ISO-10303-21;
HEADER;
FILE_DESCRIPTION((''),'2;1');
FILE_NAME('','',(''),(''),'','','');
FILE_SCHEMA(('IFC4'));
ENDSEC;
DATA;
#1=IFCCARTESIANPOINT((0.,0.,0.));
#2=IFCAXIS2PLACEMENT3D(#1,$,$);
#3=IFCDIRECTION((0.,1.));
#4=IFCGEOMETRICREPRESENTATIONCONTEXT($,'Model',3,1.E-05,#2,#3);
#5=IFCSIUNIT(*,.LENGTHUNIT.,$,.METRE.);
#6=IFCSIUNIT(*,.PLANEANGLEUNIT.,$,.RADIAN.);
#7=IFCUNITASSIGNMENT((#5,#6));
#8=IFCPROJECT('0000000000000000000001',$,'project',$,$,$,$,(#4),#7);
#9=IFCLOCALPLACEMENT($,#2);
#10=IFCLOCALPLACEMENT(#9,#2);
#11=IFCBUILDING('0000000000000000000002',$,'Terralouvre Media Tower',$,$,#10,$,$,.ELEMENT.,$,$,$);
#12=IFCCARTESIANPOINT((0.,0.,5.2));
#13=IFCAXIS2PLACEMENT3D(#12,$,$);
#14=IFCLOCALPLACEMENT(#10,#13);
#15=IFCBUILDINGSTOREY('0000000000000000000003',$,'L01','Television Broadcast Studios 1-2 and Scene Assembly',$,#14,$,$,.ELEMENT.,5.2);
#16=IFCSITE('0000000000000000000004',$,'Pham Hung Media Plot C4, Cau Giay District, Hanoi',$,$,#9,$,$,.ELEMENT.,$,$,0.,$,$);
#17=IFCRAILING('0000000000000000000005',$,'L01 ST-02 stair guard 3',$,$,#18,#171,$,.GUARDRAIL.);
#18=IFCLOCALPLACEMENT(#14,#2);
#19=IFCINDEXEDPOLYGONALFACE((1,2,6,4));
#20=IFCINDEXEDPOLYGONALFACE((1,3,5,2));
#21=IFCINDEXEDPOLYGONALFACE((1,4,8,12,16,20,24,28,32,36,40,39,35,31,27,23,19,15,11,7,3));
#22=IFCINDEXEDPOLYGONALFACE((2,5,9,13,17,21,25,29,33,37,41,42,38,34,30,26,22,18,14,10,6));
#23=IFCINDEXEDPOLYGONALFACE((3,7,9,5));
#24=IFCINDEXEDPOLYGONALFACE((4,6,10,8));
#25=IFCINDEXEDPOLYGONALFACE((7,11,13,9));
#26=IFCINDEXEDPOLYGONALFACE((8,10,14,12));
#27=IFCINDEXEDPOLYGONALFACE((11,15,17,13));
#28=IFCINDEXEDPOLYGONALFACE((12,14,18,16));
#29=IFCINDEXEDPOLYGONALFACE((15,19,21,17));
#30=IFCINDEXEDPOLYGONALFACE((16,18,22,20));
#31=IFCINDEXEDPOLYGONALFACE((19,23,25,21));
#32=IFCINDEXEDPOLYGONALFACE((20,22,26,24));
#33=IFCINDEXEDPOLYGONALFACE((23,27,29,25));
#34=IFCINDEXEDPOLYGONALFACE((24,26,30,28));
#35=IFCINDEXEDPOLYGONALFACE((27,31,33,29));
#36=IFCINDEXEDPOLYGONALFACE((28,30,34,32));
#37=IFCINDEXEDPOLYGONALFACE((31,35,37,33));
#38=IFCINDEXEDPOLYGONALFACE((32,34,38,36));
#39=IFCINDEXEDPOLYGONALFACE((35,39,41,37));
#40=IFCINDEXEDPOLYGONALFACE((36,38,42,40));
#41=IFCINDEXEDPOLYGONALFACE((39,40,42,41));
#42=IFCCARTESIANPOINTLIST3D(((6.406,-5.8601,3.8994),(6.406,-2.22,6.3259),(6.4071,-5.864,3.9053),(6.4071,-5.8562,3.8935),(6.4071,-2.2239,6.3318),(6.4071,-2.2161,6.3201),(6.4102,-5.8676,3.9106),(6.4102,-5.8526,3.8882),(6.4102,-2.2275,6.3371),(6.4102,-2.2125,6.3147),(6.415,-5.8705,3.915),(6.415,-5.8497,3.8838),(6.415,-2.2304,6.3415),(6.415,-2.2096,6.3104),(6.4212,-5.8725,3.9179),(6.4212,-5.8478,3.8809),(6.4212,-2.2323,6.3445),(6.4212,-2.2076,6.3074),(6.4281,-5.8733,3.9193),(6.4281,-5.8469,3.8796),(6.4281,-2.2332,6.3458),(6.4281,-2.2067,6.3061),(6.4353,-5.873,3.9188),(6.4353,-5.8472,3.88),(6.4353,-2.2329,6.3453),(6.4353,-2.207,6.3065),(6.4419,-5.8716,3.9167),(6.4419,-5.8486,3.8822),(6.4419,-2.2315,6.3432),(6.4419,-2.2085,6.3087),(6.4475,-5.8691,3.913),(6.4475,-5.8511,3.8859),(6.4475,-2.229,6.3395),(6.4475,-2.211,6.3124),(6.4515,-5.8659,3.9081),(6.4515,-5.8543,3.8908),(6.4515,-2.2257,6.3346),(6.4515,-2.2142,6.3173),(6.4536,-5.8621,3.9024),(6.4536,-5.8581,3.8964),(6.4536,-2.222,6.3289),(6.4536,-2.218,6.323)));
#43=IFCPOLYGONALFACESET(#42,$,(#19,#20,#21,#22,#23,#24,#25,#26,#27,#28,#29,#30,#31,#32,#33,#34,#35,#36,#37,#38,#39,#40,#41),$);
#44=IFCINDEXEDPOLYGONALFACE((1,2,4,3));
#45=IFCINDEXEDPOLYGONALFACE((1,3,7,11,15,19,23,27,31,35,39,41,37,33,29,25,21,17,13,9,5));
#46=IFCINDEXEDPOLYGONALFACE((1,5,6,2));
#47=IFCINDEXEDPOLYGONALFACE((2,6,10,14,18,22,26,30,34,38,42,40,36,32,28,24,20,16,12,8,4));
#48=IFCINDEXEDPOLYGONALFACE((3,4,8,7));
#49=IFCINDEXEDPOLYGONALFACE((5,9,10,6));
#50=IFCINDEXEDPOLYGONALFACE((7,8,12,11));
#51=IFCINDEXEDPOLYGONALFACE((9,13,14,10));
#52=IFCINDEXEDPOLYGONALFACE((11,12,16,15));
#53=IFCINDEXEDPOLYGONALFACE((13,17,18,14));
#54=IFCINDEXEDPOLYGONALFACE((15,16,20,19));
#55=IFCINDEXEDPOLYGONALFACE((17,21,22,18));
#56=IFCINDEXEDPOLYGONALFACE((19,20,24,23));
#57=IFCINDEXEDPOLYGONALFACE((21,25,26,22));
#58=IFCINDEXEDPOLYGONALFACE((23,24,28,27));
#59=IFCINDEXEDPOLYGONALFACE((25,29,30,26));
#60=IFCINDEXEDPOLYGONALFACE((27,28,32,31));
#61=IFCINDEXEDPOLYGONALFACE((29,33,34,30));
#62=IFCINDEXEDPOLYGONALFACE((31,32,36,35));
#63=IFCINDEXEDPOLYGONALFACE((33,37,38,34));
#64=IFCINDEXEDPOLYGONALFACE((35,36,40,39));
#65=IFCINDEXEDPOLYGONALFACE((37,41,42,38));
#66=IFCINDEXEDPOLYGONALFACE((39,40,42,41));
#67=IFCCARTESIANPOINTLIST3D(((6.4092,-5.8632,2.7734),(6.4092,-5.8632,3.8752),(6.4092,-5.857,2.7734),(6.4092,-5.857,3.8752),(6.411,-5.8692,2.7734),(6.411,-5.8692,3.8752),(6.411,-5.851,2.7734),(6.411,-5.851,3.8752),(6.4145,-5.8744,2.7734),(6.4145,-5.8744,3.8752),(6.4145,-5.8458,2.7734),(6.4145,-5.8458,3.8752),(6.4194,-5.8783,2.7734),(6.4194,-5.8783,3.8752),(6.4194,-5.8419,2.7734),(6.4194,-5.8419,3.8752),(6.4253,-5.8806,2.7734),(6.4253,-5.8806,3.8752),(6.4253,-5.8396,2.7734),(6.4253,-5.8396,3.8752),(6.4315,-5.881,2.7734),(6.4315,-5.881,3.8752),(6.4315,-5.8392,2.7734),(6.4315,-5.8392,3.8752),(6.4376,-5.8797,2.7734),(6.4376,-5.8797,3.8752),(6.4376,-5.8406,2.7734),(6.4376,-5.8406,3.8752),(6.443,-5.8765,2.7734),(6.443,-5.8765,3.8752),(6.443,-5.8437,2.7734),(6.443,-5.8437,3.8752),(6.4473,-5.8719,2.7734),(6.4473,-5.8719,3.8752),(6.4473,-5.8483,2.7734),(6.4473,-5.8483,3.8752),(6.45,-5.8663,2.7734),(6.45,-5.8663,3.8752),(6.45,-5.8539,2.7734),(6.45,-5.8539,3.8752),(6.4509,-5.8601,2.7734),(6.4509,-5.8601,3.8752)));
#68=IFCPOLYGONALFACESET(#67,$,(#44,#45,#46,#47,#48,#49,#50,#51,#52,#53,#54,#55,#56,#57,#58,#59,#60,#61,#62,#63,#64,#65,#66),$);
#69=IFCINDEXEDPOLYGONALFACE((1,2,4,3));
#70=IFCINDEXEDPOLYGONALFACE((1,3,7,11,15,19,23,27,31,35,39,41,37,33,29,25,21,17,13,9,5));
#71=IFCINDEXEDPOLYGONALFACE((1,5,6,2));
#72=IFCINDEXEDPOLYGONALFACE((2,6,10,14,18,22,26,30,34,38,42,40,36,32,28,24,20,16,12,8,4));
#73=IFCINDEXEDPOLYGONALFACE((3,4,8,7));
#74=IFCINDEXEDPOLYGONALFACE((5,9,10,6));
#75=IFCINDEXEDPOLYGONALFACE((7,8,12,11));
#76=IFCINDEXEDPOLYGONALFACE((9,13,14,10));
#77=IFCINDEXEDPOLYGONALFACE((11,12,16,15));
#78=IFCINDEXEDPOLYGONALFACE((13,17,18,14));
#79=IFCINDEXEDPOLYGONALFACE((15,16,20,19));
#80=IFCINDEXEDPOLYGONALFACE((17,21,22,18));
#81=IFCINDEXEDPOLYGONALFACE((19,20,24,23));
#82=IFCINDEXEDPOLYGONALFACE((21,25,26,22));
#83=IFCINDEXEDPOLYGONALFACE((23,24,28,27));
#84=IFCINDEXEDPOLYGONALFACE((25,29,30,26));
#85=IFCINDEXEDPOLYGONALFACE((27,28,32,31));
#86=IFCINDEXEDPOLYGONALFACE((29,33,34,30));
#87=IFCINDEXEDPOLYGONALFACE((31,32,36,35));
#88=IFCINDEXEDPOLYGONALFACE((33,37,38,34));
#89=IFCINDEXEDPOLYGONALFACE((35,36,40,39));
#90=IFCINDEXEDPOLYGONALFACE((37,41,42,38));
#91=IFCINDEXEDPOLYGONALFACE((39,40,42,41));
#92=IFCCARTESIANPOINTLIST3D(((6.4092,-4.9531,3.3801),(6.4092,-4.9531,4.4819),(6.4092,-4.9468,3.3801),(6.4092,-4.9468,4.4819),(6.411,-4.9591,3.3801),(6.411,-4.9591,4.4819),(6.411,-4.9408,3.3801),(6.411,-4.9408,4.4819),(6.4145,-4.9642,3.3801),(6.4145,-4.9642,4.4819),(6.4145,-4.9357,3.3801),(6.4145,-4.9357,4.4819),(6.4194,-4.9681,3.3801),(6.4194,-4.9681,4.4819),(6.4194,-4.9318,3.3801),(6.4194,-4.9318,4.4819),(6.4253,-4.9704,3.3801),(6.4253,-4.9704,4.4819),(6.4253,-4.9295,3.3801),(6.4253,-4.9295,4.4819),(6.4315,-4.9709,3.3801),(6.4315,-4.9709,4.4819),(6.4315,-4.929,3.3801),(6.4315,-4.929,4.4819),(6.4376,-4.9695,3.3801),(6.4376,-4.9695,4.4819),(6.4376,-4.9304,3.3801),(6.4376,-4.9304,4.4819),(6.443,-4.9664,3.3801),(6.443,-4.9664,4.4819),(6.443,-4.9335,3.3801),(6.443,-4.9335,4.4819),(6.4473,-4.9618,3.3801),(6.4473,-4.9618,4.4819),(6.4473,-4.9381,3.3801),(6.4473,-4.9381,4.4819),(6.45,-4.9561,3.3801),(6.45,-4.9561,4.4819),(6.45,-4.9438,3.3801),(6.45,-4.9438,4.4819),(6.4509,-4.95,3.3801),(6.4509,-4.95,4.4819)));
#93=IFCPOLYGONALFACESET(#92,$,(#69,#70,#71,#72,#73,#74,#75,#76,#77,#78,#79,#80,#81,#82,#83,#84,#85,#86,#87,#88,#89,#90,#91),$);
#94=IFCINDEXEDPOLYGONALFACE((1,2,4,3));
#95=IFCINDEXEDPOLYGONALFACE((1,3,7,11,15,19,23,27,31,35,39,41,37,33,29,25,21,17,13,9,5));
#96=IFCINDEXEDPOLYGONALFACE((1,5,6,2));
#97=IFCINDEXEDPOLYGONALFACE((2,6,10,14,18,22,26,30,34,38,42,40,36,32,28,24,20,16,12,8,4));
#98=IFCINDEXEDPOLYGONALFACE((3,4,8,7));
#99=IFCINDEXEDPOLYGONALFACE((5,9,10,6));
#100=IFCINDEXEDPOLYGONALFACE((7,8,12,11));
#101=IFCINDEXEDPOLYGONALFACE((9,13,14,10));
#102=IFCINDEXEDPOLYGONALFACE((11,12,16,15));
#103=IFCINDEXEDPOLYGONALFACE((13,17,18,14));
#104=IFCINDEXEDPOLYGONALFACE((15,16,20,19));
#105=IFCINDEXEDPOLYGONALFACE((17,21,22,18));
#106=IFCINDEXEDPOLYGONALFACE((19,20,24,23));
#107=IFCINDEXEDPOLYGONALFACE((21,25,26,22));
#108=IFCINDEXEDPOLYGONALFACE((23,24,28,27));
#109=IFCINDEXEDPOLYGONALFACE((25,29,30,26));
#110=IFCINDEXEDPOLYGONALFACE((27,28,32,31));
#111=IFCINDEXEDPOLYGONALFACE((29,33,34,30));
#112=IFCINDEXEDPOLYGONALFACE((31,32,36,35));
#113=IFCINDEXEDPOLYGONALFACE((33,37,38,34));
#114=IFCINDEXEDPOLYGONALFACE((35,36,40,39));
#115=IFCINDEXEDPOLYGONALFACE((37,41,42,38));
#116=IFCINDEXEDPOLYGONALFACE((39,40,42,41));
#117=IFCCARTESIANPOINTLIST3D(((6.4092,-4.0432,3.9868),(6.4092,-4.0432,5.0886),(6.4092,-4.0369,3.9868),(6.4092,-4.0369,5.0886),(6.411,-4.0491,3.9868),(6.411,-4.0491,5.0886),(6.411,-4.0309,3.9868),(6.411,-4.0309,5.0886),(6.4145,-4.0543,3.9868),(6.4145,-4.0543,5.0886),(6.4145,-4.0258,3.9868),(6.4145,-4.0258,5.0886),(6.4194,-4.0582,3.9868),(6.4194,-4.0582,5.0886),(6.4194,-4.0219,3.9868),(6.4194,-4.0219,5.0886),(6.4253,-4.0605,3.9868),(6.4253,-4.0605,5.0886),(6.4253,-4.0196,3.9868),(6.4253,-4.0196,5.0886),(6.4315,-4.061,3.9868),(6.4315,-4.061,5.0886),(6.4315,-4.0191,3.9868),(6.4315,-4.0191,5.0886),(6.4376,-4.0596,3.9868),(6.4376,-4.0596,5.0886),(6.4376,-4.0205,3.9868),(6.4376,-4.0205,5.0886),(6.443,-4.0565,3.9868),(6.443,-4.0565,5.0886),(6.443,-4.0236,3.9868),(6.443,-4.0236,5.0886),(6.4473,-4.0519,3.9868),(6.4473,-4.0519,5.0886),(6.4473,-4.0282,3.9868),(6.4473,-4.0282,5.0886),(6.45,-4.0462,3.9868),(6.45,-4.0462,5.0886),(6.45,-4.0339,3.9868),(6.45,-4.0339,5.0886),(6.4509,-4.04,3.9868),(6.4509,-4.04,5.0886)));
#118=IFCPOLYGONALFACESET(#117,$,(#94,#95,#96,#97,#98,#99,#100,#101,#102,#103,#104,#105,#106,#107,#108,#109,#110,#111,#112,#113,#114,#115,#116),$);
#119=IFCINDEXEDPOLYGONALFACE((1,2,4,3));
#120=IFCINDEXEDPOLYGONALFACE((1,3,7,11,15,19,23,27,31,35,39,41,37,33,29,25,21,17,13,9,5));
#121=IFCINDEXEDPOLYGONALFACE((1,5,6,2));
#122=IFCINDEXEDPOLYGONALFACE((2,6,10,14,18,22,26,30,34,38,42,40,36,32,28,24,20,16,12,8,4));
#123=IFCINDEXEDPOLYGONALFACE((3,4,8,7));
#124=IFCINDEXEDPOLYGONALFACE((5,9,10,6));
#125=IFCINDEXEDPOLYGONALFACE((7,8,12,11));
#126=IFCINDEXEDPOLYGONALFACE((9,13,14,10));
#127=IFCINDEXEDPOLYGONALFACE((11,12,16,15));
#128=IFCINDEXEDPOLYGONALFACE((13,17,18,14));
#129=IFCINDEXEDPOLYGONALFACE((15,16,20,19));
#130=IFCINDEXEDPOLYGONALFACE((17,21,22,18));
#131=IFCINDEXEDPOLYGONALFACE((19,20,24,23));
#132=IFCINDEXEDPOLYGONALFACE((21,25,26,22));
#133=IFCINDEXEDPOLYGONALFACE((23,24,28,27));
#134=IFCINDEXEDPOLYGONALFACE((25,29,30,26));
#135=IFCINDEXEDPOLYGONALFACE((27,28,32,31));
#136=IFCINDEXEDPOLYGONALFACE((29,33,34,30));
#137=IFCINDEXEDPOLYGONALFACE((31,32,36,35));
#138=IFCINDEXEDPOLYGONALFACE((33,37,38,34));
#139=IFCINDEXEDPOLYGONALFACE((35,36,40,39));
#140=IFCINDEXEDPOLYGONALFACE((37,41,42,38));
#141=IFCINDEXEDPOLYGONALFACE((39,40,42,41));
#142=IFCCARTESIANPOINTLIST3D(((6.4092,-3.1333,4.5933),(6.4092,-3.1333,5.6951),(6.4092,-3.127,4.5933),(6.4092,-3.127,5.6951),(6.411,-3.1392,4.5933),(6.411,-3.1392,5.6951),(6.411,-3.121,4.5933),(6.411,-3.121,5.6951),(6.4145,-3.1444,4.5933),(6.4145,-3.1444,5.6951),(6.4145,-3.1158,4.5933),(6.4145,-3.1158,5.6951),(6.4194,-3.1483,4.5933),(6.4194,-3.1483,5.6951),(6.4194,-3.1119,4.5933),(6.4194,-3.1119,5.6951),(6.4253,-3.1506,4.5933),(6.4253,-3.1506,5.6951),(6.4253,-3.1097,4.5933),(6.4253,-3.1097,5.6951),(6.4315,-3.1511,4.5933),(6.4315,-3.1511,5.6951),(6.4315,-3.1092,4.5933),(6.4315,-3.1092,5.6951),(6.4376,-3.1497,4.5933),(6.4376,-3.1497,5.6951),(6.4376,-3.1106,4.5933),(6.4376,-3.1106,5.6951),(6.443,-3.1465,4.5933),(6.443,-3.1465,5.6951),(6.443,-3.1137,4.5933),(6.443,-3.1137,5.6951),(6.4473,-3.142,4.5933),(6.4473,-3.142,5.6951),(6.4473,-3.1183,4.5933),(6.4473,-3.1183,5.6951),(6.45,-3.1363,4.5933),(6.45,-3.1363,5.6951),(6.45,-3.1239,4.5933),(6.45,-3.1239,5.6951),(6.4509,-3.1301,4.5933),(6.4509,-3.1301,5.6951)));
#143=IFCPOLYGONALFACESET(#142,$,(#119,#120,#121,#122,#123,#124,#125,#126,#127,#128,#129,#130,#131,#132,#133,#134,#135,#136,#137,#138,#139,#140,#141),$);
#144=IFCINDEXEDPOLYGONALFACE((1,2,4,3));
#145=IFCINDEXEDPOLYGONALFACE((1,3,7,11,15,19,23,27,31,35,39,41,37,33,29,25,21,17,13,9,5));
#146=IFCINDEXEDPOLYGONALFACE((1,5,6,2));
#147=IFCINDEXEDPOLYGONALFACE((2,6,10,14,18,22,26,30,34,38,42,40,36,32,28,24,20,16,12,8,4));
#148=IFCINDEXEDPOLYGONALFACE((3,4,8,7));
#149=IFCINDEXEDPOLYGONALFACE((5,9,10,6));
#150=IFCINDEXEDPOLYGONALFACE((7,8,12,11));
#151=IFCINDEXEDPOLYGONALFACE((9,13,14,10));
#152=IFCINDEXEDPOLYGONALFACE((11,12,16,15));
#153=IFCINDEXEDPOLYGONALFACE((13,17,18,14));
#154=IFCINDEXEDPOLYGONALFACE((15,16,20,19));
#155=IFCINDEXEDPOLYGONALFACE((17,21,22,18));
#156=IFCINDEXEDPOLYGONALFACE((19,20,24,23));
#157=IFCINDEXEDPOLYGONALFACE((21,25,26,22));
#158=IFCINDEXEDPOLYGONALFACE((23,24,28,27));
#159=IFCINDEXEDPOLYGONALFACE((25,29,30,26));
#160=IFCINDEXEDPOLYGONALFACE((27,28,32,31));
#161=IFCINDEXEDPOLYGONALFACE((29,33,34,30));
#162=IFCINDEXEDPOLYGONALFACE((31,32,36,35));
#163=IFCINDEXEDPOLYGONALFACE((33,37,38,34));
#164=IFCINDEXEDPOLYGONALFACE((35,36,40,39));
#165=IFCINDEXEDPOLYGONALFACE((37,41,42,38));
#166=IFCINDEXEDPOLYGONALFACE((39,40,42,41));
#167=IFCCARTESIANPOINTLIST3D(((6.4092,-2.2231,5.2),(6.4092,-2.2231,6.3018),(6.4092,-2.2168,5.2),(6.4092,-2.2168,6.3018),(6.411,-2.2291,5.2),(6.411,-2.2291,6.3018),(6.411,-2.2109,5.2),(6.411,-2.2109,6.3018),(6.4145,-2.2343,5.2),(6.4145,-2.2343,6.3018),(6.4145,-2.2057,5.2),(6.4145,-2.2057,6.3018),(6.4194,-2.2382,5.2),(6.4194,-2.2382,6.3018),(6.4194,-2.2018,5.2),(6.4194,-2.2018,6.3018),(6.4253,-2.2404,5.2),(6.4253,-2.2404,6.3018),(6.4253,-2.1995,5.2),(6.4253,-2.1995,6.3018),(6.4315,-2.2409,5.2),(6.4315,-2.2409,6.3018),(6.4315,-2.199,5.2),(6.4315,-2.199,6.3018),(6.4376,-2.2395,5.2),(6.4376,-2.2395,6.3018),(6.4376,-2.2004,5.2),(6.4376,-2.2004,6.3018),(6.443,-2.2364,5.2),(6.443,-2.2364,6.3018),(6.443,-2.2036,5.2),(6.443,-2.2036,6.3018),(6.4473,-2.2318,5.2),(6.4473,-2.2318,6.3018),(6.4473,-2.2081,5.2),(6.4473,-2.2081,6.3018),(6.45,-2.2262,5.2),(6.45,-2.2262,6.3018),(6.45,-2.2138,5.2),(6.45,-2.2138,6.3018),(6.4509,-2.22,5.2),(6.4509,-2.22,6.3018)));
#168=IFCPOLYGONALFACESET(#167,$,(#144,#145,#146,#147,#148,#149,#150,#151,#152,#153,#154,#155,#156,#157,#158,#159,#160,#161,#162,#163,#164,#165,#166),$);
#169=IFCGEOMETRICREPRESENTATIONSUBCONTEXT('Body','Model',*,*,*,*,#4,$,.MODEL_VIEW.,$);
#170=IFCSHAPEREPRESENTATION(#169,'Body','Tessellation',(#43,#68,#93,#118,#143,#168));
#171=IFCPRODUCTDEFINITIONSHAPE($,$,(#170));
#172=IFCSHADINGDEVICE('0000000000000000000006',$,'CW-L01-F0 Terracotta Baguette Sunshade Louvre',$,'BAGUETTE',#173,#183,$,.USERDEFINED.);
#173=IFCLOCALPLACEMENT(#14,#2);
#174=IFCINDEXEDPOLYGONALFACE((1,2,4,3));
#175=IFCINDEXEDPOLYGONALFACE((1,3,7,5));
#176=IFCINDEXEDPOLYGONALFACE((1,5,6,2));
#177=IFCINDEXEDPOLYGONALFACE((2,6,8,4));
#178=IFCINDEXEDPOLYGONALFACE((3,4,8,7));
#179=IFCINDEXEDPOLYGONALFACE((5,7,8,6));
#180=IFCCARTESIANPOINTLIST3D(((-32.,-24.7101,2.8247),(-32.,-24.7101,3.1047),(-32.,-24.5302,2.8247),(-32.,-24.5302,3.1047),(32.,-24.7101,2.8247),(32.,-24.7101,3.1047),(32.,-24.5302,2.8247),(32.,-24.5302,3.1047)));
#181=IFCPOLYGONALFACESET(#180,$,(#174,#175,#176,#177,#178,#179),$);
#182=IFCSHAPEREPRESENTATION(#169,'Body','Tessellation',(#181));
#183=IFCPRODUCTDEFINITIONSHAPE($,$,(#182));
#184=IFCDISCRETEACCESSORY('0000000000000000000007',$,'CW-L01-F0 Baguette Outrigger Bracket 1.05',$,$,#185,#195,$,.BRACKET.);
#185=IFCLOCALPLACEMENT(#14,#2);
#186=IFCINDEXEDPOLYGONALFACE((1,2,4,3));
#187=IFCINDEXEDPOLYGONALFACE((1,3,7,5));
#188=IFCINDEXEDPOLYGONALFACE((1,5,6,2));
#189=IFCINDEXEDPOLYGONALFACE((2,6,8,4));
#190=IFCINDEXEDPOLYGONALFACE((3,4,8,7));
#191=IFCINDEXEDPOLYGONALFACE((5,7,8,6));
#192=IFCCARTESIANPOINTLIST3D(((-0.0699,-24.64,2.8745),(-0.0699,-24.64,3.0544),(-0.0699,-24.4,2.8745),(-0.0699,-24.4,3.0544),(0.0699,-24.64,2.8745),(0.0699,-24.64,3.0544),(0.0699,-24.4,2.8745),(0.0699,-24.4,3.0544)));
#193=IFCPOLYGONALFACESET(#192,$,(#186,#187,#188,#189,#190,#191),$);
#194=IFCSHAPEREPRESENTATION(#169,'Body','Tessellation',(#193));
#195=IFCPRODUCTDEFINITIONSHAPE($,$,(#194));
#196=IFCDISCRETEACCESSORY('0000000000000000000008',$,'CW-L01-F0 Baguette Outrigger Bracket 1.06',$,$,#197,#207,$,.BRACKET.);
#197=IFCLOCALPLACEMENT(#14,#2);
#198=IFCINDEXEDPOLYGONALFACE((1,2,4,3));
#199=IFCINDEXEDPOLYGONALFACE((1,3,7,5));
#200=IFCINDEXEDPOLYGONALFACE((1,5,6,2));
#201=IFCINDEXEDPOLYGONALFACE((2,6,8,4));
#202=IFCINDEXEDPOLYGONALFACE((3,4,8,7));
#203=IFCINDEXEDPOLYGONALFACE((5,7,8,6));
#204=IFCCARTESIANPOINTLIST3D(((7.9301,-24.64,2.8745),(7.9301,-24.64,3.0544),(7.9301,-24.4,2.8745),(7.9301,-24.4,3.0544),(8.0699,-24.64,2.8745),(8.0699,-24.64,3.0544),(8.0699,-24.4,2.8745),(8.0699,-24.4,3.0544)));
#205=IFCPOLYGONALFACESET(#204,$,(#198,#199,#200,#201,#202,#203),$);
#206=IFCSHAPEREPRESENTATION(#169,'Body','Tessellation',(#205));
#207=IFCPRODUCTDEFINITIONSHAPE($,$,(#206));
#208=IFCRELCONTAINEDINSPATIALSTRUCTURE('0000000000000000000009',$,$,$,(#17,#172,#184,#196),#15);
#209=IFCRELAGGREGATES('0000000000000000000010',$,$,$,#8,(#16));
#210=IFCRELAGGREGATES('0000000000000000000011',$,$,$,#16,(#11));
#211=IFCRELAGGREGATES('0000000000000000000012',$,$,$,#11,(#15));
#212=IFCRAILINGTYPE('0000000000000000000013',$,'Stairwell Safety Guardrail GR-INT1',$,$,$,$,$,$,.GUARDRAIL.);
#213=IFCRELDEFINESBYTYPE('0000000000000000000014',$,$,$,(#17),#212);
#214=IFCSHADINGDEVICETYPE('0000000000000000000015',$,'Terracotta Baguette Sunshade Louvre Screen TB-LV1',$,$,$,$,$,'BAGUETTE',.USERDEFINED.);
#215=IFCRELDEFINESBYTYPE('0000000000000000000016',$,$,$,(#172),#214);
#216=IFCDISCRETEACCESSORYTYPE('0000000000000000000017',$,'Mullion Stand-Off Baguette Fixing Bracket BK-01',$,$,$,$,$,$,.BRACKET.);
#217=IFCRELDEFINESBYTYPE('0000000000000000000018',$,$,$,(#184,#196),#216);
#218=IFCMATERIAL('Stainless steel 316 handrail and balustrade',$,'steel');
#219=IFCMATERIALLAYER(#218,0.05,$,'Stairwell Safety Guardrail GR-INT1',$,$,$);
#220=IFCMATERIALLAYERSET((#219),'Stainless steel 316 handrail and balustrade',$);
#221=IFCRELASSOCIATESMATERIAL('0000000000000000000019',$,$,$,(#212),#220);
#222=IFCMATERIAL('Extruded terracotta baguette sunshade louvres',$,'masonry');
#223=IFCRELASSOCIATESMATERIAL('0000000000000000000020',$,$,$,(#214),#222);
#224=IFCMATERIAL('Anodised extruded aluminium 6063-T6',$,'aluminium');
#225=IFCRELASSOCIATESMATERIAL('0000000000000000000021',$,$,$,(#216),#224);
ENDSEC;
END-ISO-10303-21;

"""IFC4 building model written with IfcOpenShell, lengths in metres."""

from ifc_helpers import new_model, si_unit, direction, frame, origin, origin_2d, place, context, subcontext, project, spatial, rectangle, circle, extrude, material, layer, layer_set, type_object, element, save


model = new_model("IFC4")

# Units and contexts
model_context = context("Model", 3, precision=1e-05, world=origin(), true_north=direction((0.0, 1.0)))
body_context = subcontext(model_context, "Body", "Model", "MODEL_VIEW")
ifc_project = project(units=[si_unit("LENGTHUNIT", "METRE"), si_unit("PLANEANGLEUNIT", "RADIAN")], contexts=[model_context])

# Site, building, storey
site_placement = place(None, origin())
site = spatial("IfcSite", under=ifc_project, at=site_placement, Name="Pham Hung Media Plot C4, Cau Giay District, Hanoi", CompositionType="ELEMENT", RefElevation=0.0)
building_placement = place(site_placement, origin())
building = spatial("IfcBuilding", under=site, at=building_placement, Name="Terralouvre Media Tower", CompositionType="ELEMENT")
storey_placement = place(building_placement, frame((0.0, 0.0, 5.2)))
storey = spatial("IfcBuildingStorey", under=building, at=storey_placement, Name="L01", Description="Television Broadcast Studios 1-2 and Scene Assembly", CompositionType="ELEMENT", Elevation=5.2)

# Railing
ifc_material_1 = material(Name="Stainless steel 316 handrail and balustrade", Category="steel")
ifc_layer_1 = layer(ifc_material_1, 0.05, Name="Stairwell Safety Guardrail GR-INT1")
ifc_layer_set_1 = layer_set([ifc_layer_1], Name="Stainless steel 316 handrail and balustrade")
railing_type = type_object("IfcRailingType", Name="Stairwell Safety Guardrail GR-INT1", PredefinedType="GUARDRAIL", material=ifc_layer_set_1)
railing_1_placement = place(storey_placement, frame((6.4299, -5.8601, 2.7734)))
element("IfcRailing", 1, at=railing_1_placement, inside=storey, type_object=railing_type, Name="L01 ST-02 stair guard 3", PredefinedType="GUARDRAIL", context=body_context, shape_type="SweptSolid", body=[
    extrude(circle(Radius=0.0239, at=origin_2d()), frame((0.0, 0.0, 1.126), z_axis=(0.0, 0.832076, 0.554662), x_axis=(-1.0, 0.0, 0.0)), (0.0, 0.0, 1.0), 4.3748),
    extrude(circle(Radius=0.021, at=origin_2d()), origin(), (0.0, 0.0, 1.0), 1.1018),
    extrude(circle(Radius=0.021, at=origin_2d()), frame((0.0, 0.9102, 0.6067)), (0.0, 0.0, 1.0), 1.1018),
    extrude(circle(Radius=0.021, at=origin_2d()), frame((0.0, 1.8201, 1.2134)), (0.0, 0.0, 1.0), 1.1018),
    extrude(circle(Radius=0.021, at=origin_2d()), frame((0.0, 2.73, 1.8198)), (0.0, 0.0, 1.0), 1.1018),
    extrude(circle(Radius=0.021, at=origin_2d()), frame((0.0, 3.6401, 2.4265)), (0.0, 0.0, 1.0), 1.1018),
])

# Shading device
ifc_material_2 = material(Name="Extruded terracotta baguette sunshade louvres", Category="masonry")
shading_device_type_1 = type_object("IfcShadingDeviceType", Name="Terracotta Baguette Sunshade Louvre Screen TB-LV1", ElementType="BAGUETTE", PredefinedType="USERDEFINED", material=ifc_material_2)
shading_device_1_placement = place(storey_placement, frame((0.0, -24.6201, 2.8247), z_axis=(0.0, 0.0, 1.0), x_axis=(1.0, 0.0, 0.0)))
element("IfcShadingDevice", 2, at=shading_device_1_placement, inside=storey, type_object=shading_device_type_1, Name="CW-L01-F0 Terracotta Baguette Sunshade Louvre", ObjectType="BAGUETTE", PredefinedType="USERDEFINED", context=body_context, shape_type="SweptSolid", body=[
    extrude(rectangle(XDim=64.0, YDim=0.1799, at=origin_2d()), origin(), (0.0, 0.0, 1.0), 0.28),
])

# Discrete accessories
ifc_material_3 = material(Name="Anodised extruded aluminium 6063-T6", Category="aluminium")
discrete_accessory_type = type_object("IfcDiscreteAccessoryType", Name="Mullion Stand-Off Baguette Fixing Bracket BK-01", PredefinedType="BRACKET", material=ifc_material_3)
for number, where, z_axis, x_axis, name in (
    (3, (0.0, -24.52, 2.8745), (0.0, 0.0, 1.0), (1.0, 0.0, 0.0), "CW-L01-F0 Baguette Outrigger Bracket 1.05"),
    (4, (8.0, -24.52, 2.8745), (0.0, 0.0, 1.0), (1.0, 0.0, 0.0), "CW-L01-F0 Baguette Outrigger Bracket 1.06"),
):
    element("IfcDiscreteAccessory", number, at=place(storey_placement, frame(where, z_axis=z_axis, x_axis=x_axis)), inside=storey, type_object=discrete_accessory_type, Name=name, PredefinedType="BRACKET", context=body_context, shape_type="SweptSolid", body=[
        extrude(rectangle(XDim=0.1399, YDim=0.24, at=origin_2d()), origin(), (0.0, 0.0, 1.0), 0.1799),
    ])

save(model, "model.ifc")
